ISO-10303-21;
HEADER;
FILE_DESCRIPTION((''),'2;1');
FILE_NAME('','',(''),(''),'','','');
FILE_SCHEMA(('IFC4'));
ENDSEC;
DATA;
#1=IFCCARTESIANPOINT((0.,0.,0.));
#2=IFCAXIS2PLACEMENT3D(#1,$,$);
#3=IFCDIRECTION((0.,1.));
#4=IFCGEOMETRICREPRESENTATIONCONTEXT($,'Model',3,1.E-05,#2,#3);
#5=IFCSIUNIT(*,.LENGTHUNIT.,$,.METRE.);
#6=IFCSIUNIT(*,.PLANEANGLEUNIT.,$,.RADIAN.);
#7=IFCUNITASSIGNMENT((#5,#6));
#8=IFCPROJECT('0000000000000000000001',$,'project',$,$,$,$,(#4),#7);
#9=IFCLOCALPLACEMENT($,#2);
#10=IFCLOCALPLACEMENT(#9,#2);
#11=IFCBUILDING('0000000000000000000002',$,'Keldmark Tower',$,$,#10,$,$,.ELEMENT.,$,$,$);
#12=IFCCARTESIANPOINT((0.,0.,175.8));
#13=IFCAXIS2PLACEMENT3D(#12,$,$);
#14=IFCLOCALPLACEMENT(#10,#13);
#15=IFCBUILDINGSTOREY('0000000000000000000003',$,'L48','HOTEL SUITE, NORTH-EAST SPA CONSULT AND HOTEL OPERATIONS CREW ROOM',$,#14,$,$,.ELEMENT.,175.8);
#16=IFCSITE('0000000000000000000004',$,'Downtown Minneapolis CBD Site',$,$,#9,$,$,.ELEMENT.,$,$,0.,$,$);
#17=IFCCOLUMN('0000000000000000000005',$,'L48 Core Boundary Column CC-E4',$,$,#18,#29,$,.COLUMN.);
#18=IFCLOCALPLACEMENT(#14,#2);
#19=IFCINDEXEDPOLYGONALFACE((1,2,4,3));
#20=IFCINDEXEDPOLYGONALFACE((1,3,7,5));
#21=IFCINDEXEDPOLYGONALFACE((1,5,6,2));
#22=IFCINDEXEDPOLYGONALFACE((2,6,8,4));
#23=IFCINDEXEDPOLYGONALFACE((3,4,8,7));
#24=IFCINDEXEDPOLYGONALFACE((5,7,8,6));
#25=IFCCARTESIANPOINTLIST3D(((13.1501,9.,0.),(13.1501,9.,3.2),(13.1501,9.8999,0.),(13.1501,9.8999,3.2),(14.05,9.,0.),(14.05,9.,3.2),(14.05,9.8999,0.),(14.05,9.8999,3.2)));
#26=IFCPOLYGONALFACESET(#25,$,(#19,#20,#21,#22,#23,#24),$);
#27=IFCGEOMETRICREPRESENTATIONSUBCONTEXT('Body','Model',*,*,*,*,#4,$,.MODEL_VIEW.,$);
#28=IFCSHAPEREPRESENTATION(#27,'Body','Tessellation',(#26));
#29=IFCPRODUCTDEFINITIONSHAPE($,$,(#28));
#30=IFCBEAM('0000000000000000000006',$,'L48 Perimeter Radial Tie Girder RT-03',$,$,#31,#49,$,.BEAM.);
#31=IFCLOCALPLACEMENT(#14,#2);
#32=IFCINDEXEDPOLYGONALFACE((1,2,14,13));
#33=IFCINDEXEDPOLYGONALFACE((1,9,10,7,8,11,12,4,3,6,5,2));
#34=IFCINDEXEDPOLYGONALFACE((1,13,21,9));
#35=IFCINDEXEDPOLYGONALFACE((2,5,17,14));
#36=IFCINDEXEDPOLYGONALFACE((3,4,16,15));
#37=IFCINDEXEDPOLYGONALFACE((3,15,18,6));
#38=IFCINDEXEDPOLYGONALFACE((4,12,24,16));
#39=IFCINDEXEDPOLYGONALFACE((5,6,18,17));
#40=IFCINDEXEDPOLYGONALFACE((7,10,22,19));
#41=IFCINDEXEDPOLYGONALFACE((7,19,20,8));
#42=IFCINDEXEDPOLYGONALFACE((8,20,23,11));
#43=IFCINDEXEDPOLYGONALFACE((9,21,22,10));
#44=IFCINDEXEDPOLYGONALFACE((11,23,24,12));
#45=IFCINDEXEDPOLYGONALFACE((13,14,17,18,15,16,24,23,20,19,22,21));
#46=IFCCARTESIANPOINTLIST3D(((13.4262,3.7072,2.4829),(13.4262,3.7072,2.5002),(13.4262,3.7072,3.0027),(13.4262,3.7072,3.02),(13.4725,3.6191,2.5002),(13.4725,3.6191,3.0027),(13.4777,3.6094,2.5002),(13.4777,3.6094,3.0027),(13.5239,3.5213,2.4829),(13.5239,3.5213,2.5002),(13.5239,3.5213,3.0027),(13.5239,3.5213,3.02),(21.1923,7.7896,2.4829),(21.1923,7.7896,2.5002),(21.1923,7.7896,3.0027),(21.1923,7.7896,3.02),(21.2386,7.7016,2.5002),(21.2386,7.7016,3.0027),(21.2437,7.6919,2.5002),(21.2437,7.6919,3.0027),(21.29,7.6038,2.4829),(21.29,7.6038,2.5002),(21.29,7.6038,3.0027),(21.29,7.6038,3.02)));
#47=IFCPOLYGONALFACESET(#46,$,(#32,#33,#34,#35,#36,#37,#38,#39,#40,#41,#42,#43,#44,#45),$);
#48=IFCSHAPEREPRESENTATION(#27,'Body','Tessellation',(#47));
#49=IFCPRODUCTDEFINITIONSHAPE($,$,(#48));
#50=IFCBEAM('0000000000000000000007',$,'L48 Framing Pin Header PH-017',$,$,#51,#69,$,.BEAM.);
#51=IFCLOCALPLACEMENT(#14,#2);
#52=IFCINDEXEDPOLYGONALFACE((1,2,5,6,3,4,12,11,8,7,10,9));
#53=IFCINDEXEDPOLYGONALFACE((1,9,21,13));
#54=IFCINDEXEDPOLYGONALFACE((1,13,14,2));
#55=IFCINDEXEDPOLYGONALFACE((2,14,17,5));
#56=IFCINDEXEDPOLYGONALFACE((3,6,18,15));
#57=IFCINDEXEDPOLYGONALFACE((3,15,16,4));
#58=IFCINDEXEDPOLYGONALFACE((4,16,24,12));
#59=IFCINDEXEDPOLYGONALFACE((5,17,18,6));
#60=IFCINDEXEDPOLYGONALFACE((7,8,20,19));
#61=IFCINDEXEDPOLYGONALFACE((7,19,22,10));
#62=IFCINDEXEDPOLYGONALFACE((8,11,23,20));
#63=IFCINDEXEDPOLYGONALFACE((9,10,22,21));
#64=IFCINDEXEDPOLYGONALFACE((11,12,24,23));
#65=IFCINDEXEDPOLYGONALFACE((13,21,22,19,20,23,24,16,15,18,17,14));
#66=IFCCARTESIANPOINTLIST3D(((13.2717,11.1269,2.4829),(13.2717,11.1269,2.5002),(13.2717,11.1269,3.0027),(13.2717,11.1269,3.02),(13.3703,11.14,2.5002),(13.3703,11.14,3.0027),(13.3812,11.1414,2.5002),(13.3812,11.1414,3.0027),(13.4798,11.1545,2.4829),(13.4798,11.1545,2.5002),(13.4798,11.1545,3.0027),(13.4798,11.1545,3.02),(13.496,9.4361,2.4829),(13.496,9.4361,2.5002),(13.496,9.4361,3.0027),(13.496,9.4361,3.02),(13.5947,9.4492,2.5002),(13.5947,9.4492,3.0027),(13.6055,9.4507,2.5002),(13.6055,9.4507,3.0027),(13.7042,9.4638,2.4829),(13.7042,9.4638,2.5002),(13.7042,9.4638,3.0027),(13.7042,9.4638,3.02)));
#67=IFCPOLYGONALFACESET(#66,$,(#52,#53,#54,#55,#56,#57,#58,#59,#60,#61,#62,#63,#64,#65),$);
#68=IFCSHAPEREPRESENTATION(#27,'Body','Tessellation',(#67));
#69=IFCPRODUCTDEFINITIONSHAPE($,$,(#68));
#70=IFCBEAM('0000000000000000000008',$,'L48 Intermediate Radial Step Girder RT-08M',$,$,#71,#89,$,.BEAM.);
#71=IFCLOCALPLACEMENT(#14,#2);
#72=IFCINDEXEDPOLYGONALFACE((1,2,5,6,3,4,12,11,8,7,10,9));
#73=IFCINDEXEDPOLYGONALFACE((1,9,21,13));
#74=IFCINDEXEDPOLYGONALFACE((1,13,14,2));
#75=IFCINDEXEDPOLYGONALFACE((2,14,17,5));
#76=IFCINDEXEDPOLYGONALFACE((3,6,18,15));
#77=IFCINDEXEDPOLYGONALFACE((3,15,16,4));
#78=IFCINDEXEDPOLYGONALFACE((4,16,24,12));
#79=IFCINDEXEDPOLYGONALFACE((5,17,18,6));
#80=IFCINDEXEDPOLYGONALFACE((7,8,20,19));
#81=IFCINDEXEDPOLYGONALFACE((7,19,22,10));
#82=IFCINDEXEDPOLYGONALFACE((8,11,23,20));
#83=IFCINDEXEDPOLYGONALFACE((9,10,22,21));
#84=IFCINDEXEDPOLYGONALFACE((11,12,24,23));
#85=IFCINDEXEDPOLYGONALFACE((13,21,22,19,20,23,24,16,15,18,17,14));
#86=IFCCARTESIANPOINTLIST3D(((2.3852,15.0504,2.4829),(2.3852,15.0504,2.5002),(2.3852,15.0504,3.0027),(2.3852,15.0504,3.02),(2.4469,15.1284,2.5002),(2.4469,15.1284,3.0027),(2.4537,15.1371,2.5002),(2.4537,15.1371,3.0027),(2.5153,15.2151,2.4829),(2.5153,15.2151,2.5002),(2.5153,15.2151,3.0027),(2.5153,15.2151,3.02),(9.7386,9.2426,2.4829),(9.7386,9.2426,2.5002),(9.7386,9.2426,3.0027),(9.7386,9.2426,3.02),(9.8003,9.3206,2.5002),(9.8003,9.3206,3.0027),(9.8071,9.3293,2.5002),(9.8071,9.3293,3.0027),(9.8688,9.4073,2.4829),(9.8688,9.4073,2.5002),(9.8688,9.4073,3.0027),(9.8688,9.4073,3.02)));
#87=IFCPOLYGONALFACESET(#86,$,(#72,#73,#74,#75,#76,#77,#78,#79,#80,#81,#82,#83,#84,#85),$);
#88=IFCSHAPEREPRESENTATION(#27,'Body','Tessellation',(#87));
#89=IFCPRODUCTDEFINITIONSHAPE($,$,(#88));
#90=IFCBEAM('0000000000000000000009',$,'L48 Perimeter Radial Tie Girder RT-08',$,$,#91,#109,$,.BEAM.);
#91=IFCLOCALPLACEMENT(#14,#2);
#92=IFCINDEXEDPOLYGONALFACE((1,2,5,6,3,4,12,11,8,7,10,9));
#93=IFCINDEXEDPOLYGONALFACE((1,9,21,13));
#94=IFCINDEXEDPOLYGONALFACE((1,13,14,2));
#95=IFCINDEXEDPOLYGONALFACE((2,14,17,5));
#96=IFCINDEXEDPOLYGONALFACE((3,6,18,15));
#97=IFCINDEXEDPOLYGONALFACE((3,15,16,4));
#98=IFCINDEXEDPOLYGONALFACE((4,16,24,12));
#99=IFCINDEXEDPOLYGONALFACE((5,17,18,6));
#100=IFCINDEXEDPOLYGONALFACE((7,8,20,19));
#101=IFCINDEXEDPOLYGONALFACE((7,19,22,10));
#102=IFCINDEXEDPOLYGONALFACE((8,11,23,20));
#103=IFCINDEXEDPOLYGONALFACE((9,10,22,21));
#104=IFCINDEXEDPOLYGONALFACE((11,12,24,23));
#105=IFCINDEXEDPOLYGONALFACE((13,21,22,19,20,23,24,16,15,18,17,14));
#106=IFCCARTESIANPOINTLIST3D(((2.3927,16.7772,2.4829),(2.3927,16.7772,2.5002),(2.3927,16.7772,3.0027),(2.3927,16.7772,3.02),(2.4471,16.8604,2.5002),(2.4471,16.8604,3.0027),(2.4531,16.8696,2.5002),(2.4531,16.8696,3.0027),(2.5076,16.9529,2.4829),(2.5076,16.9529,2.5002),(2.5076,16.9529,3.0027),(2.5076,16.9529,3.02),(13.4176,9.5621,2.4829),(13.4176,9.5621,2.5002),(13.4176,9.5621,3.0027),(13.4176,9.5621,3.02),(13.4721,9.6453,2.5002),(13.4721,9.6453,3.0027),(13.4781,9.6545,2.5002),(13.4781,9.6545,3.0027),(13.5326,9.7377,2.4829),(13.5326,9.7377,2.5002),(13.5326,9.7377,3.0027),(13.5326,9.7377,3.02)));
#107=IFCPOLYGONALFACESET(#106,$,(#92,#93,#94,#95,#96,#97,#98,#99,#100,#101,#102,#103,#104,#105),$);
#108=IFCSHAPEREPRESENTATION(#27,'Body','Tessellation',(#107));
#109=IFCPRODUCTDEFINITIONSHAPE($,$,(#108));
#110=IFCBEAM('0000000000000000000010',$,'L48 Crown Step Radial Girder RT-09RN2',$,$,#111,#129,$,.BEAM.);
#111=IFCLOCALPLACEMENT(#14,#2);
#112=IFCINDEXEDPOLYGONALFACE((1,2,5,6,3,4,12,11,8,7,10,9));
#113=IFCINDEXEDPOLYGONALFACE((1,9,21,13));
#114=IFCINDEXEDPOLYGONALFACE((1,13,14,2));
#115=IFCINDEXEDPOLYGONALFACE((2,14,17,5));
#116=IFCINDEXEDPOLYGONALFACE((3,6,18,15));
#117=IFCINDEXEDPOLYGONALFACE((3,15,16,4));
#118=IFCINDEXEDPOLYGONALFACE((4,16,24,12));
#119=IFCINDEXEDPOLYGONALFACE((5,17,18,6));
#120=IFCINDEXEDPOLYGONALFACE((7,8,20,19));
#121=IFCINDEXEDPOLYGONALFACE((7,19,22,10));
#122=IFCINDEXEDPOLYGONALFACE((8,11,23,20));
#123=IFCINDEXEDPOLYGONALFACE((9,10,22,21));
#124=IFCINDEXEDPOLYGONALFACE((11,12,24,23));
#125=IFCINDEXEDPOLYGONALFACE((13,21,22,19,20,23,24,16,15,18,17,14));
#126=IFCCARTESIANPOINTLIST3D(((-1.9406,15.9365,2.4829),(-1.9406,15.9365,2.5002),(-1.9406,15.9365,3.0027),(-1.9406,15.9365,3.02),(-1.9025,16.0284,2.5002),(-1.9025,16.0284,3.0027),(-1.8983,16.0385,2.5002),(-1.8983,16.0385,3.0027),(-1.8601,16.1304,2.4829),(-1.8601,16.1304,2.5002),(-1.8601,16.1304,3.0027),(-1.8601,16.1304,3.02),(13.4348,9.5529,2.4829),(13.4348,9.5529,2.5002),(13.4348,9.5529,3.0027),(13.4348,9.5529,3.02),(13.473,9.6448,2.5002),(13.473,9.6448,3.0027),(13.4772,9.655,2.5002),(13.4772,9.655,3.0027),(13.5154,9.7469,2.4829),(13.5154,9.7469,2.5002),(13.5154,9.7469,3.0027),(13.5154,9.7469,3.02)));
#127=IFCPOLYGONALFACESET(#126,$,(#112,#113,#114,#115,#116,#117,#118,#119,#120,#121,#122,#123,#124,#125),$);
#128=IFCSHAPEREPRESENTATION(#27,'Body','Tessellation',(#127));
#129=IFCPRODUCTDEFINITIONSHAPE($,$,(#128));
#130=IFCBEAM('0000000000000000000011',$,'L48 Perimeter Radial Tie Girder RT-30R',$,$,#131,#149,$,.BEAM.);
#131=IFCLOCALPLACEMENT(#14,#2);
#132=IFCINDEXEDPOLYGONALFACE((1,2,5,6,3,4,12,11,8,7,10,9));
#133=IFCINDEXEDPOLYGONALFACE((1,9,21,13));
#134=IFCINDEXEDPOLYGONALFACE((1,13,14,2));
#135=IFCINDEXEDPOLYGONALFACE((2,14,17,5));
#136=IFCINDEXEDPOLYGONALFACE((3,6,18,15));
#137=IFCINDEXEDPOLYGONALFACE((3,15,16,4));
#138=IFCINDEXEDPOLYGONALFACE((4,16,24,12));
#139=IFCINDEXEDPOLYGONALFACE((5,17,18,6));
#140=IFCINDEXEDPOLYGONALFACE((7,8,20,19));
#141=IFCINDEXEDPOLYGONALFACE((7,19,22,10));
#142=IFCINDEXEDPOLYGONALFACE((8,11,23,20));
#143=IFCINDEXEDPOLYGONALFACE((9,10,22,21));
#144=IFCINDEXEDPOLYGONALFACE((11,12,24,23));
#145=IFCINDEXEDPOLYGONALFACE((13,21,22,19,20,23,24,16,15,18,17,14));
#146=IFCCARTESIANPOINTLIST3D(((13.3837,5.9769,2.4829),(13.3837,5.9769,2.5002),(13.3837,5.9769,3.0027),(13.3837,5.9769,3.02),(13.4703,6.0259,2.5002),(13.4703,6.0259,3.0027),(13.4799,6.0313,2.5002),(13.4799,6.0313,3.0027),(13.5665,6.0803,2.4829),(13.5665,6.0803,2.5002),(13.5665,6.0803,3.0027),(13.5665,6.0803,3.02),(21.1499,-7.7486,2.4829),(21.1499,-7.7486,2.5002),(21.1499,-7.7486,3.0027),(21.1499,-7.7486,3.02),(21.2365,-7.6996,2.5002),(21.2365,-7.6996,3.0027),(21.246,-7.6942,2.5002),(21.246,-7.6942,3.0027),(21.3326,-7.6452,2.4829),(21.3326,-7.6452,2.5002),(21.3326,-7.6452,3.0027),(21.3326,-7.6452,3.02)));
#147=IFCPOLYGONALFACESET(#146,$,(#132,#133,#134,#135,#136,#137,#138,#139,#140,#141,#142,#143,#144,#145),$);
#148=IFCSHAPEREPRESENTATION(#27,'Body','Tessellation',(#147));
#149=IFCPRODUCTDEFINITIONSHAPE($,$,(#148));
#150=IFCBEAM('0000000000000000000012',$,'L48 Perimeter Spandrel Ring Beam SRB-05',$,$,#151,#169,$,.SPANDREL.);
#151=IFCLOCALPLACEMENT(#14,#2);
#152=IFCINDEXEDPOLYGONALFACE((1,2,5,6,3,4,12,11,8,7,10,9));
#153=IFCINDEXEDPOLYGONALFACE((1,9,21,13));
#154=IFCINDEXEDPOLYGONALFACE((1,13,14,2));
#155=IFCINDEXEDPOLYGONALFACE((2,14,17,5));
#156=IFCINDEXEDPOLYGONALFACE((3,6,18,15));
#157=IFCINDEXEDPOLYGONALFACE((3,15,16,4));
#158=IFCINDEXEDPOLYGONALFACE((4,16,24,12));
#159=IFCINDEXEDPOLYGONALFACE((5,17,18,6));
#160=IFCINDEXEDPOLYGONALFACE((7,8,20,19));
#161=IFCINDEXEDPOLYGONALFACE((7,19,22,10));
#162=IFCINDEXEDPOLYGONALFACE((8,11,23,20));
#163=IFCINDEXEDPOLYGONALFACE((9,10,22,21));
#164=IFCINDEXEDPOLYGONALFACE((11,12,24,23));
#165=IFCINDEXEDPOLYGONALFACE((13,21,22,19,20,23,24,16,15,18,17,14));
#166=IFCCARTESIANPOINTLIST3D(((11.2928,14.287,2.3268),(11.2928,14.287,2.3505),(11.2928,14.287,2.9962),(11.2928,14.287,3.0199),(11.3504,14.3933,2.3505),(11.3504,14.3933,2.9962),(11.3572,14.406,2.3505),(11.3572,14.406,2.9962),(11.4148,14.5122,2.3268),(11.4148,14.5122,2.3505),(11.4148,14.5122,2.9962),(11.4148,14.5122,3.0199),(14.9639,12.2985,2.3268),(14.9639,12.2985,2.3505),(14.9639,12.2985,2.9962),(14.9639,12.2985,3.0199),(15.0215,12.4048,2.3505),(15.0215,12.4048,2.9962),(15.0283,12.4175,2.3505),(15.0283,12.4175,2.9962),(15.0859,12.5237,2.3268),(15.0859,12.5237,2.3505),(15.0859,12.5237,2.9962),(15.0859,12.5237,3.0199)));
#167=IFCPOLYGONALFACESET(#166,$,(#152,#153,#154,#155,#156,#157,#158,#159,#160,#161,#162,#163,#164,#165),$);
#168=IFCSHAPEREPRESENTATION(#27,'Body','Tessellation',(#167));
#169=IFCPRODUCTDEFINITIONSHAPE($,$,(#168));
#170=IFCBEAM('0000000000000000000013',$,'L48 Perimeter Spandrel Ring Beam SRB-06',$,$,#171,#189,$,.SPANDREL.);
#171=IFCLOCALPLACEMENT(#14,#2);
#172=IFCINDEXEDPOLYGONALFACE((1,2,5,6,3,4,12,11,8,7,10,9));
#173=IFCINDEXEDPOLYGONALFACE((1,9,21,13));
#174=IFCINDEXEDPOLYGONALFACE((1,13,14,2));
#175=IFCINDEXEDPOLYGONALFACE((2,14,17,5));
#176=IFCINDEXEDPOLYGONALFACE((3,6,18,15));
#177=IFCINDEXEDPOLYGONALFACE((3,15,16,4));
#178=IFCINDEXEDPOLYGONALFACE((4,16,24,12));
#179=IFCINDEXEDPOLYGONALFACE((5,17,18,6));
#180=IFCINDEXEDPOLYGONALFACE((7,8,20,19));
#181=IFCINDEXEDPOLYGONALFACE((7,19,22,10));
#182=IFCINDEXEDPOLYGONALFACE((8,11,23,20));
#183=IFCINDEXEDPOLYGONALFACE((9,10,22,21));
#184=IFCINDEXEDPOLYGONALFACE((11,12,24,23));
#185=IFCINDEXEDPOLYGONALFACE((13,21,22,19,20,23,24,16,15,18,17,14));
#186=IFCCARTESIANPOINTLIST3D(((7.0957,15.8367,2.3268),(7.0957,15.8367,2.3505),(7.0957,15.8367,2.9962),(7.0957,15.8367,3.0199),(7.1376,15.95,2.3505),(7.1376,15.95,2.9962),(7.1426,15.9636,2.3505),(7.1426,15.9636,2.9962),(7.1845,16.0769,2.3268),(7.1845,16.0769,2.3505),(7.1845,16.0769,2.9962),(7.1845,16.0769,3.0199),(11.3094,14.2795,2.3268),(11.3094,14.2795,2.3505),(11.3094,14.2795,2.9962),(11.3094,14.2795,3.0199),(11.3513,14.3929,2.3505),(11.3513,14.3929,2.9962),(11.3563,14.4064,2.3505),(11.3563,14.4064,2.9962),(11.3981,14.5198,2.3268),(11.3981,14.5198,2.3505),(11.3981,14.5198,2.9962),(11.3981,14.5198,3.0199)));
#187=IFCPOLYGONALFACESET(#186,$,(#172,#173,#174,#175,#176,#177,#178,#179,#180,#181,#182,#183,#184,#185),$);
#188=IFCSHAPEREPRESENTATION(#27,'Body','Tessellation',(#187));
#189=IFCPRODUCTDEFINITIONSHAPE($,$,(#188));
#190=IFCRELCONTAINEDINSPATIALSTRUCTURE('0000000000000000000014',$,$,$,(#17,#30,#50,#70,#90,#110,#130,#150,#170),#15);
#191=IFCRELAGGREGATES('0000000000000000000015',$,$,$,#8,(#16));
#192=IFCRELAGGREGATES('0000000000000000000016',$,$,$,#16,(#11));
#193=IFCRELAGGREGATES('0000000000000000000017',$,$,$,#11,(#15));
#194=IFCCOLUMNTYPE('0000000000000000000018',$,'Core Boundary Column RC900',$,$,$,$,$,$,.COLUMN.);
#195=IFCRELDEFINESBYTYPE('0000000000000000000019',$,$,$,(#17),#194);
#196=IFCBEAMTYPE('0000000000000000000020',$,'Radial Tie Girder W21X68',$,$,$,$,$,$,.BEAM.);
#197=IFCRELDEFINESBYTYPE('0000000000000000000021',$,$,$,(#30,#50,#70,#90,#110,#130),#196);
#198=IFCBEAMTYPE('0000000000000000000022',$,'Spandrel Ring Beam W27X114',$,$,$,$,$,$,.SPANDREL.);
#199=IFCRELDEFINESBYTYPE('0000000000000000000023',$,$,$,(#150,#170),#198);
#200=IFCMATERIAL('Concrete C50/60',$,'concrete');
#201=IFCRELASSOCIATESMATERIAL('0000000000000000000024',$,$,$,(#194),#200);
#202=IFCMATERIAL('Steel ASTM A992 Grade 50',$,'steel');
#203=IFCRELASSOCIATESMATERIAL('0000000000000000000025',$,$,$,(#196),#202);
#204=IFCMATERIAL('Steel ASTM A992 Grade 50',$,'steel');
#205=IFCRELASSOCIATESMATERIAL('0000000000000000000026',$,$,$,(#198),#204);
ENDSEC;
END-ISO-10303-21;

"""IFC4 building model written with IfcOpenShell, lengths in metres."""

from ifc_helpers import new_model, si_unit, direction, frame, origin, origin_2d, place, context, subcontext, project, spatial, rectangle, i_section, extrude, material, material_profile, profile_set, type_object, element, save


model = new_model("IFC4")

# Units and contexts
model_context = context("Model", 3, precision=1e-05, world=origin(), true_north=direction((0.0, 1.0)))
body_context = subcontext(model_context, "Body", "Model", "MODEL_VIEW")
ifc_project = project(units=[si_unit("LENGTHUNIT", "METRE"), si_unit("PLANEANGLEUNIT", "RADIAN")], contexts=[model_context])

# Site, building, storey
site_placement = place(None, origin())
site = spatial("IfcSite", under=ifc_project, at=site_placement, Name="Downtown Minneapolis CBD Site", CompositionType="ELEMENT", RefElevation=0.0)
building_placement = place(site_placement, origin())
building = spatial("IfcBuilding", under=site, at=building_placement, Name="Keldmark Tower", CompositionType="ELEMENT")
storey_placement = place(building_placement, frame((0.0, 0.0, 175.8)))
storey = spatial("IfcBuildingStorey", under=building, at=storey_placement, Name="L48", Description="HOTEL SUITE, NORTH-EAST SPA CONSULT AND HOTEL OPERATIONS CREW ROOM", CompositionType="ELEMENT", Elevation=175.8)

# Column
ifc_material_1 = material(Name="Concrete C50/60", Category="concrete")
ifc_material_profile_1 = material_profile(ifc_material_1, rectangle(XDim=0.8999, YDim=0.8999, at=origin_2d()), Name="RC900X900")
ifc_profile_set_1 = profile_set([ifc_material_profile_1], Name="Concrete C50/60")
column_type = type_object("IfcColumnType", Name="Core Boundary Column RC900", PredefinedType="COLUMN", material=ifc_profile_set_1)
column_placement = place(storey_placement, frame((13.6001, 9.45, 0.0), z_axis=(0.0, 0.0, 1.0), x_axis=(1.0, 0.0, 0.0)))
element("IfcColumn", 1, at=column_placement, inside=storey, type_object=column_type, Name="L48 Core Boundary Column CC-E4", PredefinedType="COLUMN", context=body_context, shape_type="SweptSolid", body=[
    extrude(rectangle(XDim=0.8999, YDim=0.8999, at=origin_2d()), origin(), (0.0, 0.0, 1.0), 3.2),
])

# Beams
ifc_material_2 = material(Name="Steel ASTM A992 Grade 50", Category="steel")
ifc_material_profile_2 = material_profile(ifc_material_2, i_section(OverallWidth=0.21, OverallDepth=0.5371, WebThickness=0.011, FlangeThickness=0.0173, at=origin_2d()), Name="W21X68")
ifc_profile_set_2 = profile_set([ifc_material_profile_2], Name="Steel ASTM A992 Grade 50")
beam_type_1 = type_object("IfcBeamType", Name="Radial Tie Girder W21X68", PredefinedType="BEAM", material=ifc_profile_set_2)
beam_1_placement = place(storey_placement, frame((13.4751, 3.6143, 2.7515), z_axis=(0.885149, 0.465308, 0.0), x_axis=(-0.465308, 0.885149, 0.0)))
element("IfcBeam", 2, at=beam_1_placement, inside=storey, type_object=beam_type_1, Name="L48 Perimeter Radial Tie Girder RT-03", PredefinedType="BEAM", context=body_context, shape_type="SweptSolid", body=[
    extrude(i_section(OverallWidth=0.21, OverallDepth=0.5371, WebThickness=0.011, FlangeThickness=0.0173, at=origin_2d()), origin(), (0.0, 0.0, 1.0), 8.7737),
])
beam_2_placement = place(storey_placement, frame((13.6001, 9.45, 2.7515), z_axis=(-0.131554, 0.991309, 0.0), x_axis=(-0.991309, -0.131554, 0.0)))
element("IfcBeam", 3, at=beam_2_placement, inside=storey, type_object=beam_type_1, Name="L48 Framing Pin Header PH-017", PredefinedType="BEAM", context=body_context, shape_type="SweptSolid", body=[
    extrude(i_section(OverallWidth=0.21, OverallDepth=0.5371, WebThickness=0.011, FlangeThickness=0.0173, at=origin_2d()), origin(), (0.0, 0.0, 1.0), 1.7056),
])
beam_3_placement = place(storey_placement, frame((9.8037, 9.325, 2.7515), z_axis=(-0.784755, 0.619806, 0.0), x_axis=(-0.619806, -0.784755, 0.0)))
element("IfcBeam", 4, at=beam_3_placement, inside=storey, type_object=beam_type_1, Name="L48 Intermediate Radial Step Girder RT-08M", PredefinedType="BEAM", context=body_context, shape_type="SweptSolid", body=[
    extrude(i_section(OverallWidth=0.21, OverallDepth=0.5371, WebThickness=0.011, FlangeThickness=0.0173, at=origin_2d()), origin(), (0.0, 0.0, 1.0), 9.3704),
])
beam_4_placement = place(storey_placement, frame((13.4751, 9.6499, 2.7515), z_axis=(-0.836744, 0.547595, 0.0), x_axis=(-0.547595, -0.836744, 0.0)))
element("IfcBeam", 5, at=beam_4_placement, inside=storey, type_object=beam_type_1, Name="L48 Perimeter Radial Tie Girder RT-08", PredefinedType="BEAM", context=body_context, shape_type="SweptSolid", body=[
    extrude(i_section(OverallWidth=0.21, OverallDepth=0.5371, WebThickness=0.011, FlangeThickness=0.0173, at=origin_2d()), origin(), (0.0, 0.0, 1.0), 13.176),
])
beam_5_placement = place(storey_placement, frame((13.4751, 9.6499, 2.7515), z_axis=(-0.923565, 0.383443, 0.0), x_axis=(-0.383443, -0.923565, 0.0)))
element("IfcBeam", 6, at=beam_5_placement, inside=storey, type_object=beam_type_1, Name="L48 Crown Step Radial Girder RT-09RN2", PredefinedType="BEAM", context=body_context, shape_type="SweptSolid", body=[
    extrude(i_section(OverallWidth=0.21, OverallDepth=0.5371, WebThickness=0.011, FlangeThickness=0.0173, at=origin_2d()), origin(), (0.0, 0.0, 1.0), 16.6479),
])
beam_6_placement = place(storey_placement, frame((13.4751, 6.0286, 2.7515), z_axis=(0.492457, -0.870337, 0.0), x_axis=(0.870337, 0.492457, 0.0)))
element("IfcBeam", 7, at=beam_6_placement, inside=storey, type_object=beam_type_1, Name="L48 Perimeter Radial Tie Girder RT-30R", PredefinedType="BEAM", context=body_context, shape_type="SweptSolid", body=[
    extrude(i_section(OverallWidth=0.21, OverallDepth=0.5371, WebThickness=0.011, FlangeThickness=0.0173, at=origin_2d()), origin(), (0.0, 0.0, 1.0), 15.7703),
])
ifc_material_3 = material(Name="Steel ASTM A992 Grade 50", Category="steel")
ifc_material_profile_3 = material_profile(ifc_material_3, i_section(OverallWidth=0.2561, OverallDepth=0.6931, WebThickness=0.0144, FlangeThickness=0.0237, at=origin_2d()), Name="W27X114")
ifc_profile_set_3 = profile_set([ifc_material_profile_3], Name="Steel ASTM A992 Grade 50")
beam_type_2 = type_object("IfcBeamType", Name="Spandrel Ring Beam W27X114", PredefinedType="SPANDREL", material=ifc_profile_set_3)
beam_7_placement = place(storey_placement, frame((15.0249, 12.4111, 2.6733), z_axis=(-0.879293, 0.476281, 0.0), x_axis=(-0.476281, -0.879293, 0.0)))
element("IfcBeam", 8, at=beam_7_placement, inside=storey, type_object=beam_type_2, Name="L48 Perimeter Spandrel Ring Beam SRB-05", PredefinedType="SPANDREL", context=body_context, shape_type="SweptSolid", body=[
    extrude(i_section(OverallWidth=0.2561, OverallDepth=0.6931, WebThickness=0.0144, FlangeThickness=0.0237, at=origin_2d()), origin(), (0.0, 0.0, 1.0), 4.175),
])
beam_8_placement = place(storey_placement, frame((11.3538, 14.3997, 2.6733), z_axis=(-0.938, 0.346635, 0.0), x_axis=(-0.346635, -0.938, 0.0)))
element("IfcBeam", 9, at=beam_8_placement, inside=storey, type_object=beam_type_2, Name="L48 Perimeter Spandrel Ring Beam SRB-06", PredefinedType="SPANDREL", context=body_context, shape_type="SweptSolid", body=[
    extrude(i_section(OverallWidth=0.2561, OverallDepth=0.6931, WebThickness=0.0144, FlangeThickness=0.0237, at=origin_2d()), origin(), (0.0, 0.0, 1.0), 4.4922),
])

save(model, "model.ifc")
